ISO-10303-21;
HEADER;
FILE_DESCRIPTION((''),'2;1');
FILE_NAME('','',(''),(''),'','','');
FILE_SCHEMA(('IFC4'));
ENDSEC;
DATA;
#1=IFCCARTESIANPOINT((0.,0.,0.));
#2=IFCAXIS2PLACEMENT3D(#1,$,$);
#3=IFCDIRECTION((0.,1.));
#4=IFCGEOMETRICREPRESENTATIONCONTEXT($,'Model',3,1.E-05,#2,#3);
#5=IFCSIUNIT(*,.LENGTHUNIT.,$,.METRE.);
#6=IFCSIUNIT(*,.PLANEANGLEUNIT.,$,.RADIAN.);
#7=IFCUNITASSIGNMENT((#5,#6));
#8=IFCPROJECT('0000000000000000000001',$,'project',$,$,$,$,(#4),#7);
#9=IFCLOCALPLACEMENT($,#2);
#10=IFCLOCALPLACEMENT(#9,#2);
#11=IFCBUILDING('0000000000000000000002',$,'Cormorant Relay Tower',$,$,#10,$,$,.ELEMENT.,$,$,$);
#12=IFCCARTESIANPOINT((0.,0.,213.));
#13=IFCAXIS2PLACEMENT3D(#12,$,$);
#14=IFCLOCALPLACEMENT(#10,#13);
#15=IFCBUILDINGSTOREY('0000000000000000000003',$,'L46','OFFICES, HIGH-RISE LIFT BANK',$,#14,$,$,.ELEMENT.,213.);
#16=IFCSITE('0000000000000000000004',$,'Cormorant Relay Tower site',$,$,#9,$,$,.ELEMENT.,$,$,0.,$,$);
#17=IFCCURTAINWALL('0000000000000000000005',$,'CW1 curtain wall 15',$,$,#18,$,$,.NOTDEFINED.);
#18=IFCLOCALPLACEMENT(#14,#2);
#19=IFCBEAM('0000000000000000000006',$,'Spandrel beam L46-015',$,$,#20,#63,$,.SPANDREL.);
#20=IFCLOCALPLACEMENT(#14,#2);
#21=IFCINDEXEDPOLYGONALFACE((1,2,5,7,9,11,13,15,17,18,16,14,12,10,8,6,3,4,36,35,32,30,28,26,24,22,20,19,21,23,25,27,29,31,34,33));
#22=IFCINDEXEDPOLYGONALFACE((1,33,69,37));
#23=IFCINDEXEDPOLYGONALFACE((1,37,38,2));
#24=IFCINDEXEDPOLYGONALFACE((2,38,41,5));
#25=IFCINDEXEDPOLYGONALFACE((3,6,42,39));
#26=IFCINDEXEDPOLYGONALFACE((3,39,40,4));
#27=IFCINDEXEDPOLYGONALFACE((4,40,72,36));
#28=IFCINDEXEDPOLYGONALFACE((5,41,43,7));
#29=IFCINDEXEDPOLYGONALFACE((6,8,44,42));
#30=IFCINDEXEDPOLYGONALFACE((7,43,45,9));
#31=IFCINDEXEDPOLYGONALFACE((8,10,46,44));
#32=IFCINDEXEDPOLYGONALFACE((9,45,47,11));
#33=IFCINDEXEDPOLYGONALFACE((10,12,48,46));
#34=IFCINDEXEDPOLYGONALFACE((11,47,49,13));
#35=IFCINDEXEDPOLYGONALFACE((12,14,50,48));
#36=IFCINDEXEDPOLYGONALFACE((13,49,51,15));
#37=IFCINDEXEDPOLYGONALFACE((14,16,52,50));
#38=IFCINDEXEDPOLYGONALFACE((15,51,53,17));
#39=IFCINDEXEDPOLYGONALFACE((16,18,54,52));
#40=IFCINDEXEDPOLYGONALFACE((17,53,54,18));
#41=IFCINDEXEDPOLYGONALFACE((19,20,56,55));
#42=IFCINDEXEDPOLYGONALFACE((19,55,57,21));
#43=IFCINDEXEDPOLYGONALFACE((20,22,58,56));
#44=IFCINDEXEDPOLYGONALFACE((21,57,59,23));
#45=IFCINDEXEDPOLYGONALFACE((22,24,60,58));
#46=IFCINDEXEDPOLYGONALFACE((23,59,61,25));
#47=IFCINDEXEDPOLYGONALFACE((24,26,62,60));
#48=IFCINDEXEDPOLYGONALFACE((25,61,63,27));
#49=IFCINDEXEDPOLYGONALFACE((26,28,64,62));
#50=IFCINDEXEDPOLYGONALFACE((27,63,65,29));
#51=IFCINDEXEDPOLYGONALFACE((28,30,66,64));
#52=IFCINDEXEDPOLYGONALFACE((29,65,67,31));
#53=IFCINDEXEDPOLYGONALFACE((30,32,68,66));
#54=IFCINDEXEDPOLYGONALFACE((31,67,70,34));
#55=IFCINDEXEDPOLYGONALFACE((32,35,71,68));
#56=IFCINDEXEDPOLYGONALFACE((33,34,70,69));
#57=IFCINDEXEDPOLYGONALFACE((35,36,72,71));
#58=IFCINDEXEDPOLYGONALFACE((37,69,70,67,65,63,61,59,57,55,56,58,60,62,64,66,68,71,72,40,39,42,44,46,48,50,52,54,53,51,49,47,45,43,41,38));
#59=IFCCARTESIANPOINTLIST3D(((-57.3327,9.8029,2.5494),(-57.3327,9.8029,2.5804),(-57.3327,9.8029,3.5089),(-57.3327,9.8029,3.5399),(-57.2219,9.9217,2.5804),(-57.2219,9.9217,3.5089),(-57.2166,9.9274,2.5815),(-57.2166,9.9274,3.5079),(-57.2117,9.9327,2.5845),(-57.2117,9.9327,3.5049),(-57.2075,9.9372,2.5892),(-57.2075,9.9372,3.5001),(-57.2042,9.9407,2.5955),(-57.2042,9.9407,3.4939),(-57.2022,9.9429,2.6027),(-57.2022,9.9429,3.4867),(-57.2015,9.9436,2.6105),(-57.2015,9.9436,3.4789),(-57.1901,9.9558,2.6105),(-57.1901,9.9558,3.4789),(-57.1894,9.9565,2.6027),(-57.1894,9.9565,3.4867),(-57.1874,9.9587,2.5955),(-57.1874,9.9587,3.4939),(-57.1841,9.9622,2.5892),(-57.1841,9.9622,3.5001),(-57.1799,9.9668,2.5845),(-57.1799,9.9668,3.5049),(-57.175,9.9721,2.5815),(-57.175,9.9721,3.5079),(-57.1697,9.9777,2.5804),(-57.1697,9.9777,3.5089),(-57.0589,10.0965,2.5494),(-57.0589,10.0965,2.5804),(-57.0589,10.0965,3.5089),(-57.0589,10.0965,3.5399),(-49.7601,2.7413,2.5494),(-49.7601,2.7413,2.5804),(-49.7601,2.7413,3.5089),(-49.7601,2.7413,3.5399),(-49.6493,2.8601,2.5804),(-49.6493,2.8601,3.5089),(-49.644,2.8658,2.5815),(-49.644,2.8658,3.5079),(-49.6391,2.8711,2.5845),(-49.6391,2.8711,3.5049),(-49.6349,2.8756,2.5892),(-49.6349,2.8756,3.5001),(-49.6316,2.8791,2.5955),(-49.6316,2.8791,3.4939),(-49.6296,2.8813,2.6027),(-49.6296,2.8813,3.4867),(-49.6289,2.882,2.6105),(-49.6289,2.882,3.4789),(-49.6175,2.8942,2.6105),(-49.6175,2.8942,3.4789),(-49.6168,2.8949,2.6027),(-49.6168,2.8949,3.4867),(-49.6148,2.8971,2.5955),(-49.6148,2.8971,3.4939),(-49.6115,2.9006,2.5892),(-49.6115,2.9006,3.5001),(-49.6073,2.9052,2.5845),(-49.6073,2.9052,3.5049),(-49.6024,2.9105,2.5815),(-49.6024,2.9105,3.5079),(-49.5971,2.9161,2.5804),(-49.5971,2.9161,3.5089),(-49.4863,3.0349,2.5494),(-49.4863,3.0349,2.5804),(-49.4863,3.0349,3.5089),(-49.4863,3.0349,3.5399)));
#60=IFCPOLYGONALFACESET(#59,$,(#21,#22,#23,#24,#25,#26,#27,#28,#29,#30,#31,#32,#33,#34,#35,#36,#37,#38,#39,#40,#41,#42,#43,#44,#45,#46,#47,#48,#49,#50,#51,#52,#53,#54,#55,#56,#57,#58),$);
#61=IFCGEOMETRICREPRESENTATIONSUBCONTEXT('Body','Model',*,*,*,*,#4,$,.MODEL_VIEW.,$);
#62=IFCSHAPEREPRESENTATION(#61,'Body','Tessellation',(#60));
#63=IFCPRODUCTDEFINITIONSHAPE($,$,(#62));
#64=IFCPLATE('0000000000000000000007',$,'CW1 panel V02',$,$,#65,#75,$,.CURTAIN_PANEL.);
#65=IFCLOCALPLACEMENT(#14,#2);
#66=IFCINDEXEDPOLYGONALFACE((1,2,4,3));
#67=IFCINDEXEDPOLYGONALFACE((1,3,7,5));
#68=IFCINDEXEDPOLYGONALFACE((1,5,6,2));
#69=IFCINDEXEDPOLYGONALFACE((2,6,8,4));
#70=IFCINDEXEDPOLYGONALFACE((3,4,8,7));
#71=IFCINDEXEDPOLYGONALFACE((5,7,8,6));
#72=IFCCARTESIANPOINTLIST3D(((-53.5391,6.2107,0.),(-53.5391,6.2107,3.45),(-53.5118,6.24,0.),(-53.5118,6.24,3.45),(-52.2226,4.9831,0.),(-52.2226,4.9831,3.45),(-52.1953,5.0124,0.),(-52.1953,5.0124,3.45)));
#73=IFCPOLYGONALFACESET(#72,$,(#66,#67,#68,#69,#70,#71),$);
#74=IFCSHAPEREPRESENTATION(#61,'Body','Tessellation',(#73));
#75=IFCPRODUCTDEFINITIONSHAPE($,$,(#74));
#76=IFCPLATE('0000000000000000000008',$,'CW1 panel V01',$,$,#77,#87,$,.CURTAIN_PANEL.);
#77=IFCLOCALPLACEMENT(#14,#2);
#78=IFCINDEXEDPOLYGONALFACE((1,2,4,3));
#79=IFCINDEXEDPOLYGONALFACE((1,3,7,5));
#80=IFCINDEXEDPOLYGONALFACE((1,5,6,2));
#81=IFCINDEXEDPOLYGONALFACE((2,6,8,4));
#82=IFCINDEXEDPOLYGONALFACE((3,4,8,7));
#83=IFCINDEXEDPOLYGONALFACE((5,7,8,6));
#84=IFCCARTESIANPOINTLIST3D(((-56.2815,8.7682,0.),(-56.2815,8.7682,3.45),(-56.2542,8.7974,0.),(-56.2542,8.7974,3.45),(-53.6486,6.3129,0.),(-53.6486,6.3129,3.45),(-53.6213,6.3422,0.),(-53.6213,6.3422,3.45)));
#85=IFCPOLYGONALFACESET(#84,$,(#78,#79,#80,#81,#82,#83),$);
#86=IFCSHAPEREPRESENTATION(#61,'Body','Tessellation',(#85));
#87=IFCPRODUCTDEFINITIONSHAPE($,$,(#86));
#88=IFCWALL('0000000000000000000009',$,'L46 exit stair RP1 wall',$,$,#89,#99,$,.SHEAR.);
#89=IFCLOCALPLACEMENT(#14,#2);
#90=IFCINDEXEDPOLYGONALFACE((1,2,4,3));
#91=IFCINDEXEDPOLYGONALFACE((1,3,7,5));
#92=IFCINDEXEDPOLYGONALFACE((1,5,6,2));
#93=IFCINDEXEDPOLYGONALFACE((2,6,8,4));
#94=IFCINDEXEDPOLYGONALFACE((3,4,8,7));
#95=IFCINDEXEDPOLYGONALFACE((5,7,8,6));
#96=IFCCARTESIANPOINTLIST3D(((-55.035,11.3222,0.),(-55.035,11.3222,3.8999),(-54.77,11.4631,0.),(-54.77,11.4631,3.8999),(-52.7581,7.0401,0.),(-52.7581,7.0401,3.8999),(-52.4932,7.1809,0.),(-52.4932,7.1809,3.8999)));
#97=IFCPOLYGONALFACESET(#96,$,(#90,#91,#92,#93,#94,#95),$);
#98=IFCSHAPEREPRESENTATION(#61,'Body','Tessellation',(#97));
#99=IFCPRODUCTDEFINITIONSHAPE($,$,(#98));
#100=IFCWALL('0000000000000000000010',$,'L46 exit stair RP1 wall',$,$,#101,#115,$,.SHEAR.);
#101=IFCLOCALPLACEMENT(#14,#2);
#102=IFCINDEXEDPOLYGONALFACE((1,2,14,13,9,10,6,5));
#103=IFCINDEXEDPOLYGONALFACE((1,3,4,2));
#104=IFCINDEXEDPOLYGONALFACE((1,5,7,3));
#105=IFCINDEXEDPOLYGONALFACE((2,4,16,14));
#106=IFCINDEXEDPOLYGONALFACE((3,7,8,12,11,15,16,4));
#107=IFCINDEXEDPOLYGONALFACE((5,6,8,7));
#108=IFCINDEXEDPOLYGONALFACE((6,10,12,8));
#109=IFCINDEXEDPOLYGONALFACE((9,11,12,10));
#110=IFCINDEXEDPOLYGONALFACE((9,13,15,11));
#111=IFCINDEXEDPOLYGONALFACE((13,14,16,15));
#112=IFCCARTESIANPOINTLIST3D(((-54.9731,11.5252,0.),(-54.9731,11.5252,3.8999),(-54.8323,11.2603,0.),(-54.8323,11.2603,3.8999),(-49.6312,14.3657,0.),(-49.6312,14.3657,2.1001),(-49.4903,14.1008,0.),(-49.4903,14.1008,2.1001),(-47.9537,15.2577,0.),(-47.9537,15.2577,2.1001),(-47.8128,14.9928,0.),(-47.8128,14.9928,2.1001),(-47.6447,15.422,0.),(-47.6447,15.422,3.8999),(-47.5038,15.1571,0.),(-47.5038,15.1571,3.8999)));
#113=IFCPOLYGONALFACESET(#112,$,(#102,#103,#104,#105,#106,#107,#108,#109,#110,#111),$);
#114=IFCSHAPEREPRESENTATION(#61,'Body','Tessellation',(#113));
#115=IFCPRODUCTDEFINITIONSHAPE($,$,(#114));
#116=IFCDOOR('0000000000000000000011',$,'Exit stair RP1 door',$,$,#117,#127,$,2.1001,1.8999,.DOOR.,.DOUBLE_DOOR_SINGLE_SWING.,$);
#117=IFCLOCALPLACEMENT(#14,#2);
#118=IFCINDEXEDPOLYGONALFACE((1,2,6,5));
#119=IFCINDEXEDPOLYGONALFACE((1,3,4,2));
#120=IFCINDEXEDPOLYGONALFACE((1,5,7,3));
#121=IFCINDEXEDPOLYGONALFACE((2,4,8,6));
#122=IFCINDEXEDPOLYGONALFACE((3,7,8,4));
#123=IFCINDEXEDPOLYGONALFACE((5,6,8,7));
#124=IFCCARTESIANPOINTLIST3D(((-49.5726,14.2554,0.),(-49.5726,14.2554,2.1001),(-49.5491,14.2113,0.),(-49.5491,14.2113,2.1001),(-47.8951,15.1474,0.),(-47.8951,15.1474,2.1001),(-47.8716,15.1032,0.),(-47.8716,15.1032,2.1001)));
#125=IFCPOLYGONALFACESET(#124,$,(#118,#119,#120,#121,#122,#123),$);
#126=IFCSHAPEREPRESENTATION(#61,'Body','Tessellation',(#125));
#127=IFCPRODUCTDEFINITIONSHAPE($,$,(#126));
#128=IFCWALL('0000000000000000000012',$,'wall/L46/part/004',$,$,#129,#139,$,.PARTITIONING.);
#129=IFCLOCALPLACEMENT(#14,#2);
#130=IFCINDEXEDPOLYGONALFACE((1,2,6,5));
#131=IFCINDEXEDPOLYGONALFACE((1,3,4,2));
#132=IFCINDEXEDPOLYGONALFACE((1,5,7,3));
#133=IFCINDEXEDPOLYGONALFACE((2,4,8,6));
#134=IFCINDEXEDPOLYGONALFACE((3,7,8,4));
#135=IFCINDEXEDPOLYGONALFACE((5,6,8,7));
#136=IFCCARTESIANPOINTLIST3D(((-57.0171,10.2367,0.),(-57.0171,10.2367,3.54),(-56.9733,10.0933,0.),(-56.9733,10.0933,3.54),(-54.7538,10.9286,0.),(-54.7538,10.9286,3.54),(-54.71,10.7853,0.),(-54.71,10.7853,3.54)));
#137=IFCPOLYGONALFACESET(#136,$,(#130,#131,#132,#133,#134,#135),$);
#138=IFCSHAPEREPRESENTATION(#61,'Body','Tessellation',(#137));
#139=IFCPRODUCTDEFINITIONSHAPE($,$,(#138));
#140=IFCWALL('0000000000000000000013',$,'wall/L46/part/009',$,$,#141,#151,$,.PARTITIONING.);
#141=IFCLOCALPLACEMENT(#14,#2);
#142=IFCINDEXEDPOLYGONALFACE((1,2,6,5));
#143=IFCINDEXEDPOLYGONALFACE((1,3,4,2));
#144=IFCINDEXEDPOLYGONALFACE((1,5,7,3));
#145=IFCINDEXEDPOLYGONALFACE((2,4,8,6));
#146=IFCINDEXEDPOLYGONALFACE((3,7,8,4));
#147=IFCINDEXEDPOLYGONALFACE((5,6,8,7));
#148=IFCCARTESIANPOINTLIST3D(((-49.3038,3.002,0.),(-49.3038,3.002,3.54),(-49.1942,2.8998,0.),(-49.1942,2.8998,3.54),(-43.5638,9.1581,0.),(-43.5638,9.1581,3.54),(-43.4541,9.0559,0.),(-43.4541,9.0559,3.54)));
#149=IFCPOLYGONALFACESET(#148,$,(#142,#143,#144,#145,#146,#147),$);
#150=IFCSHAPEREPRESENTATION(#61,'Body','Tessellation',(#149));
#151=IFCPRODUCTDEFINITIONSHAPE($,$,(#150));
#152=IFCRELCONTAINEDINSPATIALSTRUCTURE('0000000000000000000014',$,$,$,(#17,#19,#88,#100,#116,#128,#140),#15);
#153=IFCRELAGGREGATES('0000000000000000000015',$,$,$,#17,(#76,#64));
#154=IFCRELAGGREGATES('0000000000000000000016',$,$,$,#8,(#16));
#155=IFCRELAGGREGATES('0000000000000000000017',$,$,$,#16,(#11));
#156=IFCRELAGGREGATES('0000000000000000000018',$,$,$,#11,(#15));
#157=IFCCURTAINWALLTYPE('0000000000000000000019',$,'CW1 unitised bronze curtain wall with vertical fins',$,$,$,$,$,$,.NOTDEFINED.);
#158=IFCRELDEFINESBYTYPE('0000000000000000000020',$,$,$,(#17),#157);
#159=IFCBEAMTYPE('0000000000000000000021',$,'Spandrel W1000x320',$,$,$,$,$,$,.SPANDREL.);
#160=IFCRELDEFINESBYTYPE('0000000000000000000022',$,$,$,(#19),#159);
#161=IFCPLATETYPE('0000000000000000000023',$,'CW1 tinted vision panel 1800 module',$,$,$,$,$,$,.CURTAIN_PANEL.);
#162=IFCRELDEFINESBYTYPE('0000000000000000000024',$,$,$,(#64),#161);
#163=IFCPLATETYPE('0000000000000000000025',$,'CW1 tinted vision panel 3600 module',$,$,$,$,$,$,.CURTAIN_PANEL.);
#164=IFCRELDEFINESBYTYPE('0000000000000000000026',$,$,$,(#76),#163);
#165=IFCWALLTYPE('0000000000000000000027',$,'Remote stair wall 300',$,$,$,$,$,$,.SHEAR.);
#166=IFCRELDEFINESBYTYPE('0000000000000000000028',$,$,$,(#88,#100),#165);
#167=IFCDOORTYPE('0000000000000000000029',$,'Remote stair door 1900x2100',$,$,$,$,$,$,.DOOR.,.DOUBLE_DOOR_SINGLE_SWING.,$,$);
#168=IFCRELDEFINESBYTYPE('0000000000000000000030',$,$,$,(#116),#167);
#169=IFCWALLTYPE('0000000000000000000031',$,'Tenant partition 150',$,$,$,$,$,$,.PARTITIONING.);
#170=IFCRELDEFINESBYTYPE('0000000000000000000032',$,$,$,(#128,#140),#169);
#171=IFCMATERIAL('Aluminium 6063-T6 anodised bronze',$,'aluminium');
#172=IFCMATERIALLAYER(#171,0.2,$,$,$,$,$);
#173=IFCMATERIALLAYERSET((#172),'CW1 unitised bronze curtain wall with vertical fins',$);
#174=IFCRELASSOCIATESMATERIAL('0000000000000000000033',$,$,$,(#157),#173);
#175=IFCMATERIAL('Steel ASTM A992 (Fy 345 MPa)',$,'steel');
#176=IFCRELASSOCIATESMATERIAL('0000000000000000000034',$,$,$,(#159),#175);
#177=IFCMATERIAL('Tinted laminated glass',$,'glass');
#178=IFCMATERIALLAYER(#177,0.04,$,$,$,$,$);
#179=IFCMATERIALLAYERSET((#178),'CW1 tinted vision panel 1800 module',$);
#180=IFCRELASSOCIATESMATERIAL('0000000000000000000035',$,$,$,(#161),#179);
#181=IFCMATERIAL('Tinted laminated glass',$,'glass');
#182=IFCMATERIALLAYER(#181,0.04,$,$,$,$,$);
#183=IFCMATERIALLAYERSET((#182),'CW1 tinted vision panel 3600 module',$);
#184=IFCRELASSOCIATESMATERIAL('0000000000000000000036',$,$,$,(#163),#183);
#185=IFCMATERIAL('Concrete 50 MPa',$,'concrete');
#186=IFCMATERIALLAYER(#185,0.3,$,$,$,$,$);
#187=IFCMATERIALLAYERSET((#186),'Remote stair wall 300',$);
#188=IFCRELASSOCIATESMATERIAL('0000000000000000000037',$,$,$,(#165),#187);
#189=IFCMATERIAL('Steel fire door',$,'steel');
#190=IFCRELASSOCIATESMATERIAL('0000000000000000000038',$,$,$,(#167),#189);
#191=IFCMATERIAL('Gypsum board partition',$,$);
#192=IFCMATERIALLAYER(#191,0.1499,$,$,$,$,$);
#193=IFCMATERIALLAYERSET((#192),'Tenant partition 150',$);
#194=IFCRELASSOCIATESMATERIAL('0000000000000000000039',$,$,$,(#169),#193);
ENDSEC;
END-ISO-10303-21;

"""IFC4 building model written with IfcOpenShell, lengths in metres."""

from ifc_helpers import new_model, si_unit, direction, frame, frame_2d, origin, origin_2d, place, context, subcontext, project, spatial, rectangle, i_section, extrude, material, layer, layer_set, material_profile, profile_set, type_object, element, fill, aggregate, save


model = new_model("IFC4")

# Units and contexts
model_context = context("Model", 3, precision=1e-05, world=origin(), true_north=direction((0.0, 1.0)))
body_context = subcontext(model_context, "Body", "Model", "MODEL_VIEW")
ifc_project = project(units=[si_unit("LENGTHUNIT", "METRE"), si_unit("PLANEANGLEUNIT", "RADIAN")], contexts=[model_context])

# Site, building, storey
site_placement = place(None, origin())
site = spatial("IfcSite", under=ifc_project, at=site_placement, Name="Cormorant Relay Tower site", CompositionType="ELEMENT", RefElevation=0.0)
building_placement = place(site_placement, origin())
building = spatial("IfcBuilding", under=site, at=building_placement, Name="Cormorant Relay Tower", CompositionType="ELEMENT")
storey_placement = place(building_placement, frame((0.0, 0.0, 213.0)))
storey = spatial("IfcBuildingStorey", under=building, at=storey_placement, Name="L46", Description="OFFICES, HIGH-RISE LIFT BANK", CompositionType="ELEMENT", Elevation=213.0)

# Curtain wall
ifc_material_1 = material(Name="Aluminium 6063-T6 anodised bronze", Category="aluminium")
ifc_layer_1 = layer(ifc_material_1, 0.2)
ifc_layer_set_1 = layer_set([ifc_layer_1], Name="CW1 unitised bronze curtain wall with vertical fins")
curtain_wall_type = type_object("IfcCurtainWallType", Name="CW1 unitised bronze curtain wall with vertical fins", PredefinedType="NOTDEFINED", material=ifc_layer_set_1)
curtain_wall_1_placement = place(storey_placement, origin())
curtain_wall_1 = element("IfcCurtainWall", 1, at=curtain_wall_1_placement, inside=storey, type_object=curtain_wall_type, Name="CW1 curtain wall 15", PredefinedType="NOTDEFINED")

# Beam
ifc_material_2 = material(Name="Steel ASTM A992 (Fy 345 MPa)", Category="steel")
ifc_material_profile_1 = material_profile(ifc_material_2, i_section(OverallWidth=0.4014, OverallDepth=0.9905, WebThickness=0.0166, FlangeThickness=0.031, FilletRadius=0.03, at=origin_2d()), Name="W1000x320")
ifc_profile_set_1 = profile_set([ifc_material_profile_1], Name="Steel ASTM A992 (Fy 345 MPa)")
beam_type = type_object("IfcBeamType", Name="Spandrel W1000x320", PredefinedType="SPANDREL", material=ifc_profile_set_1)
beam_placement = place(storey_placement, frame((-57.1958, 9.9497, 3.0447), z_axis=(0.731352, -0.682001, 0.0), x_axis=(0.682001, 0.731352, 0.0)))
element("IfcBeam", 2, at=beam_placement, inside=storey, type_object=beam_type, Name="Spandrel beam L46-015", PredefinedType="SPANDREL", context=body_context, shape_type="SweptSolid", body=[
    extrude(i_section(OverallWidth=0.4014, OverallDepth=0.9905, WebThickness=0.0166, FlangeThickness=0.031, FilletRadius=0.03, at=origin_2d()), origin(), (0.0, 0.0, 1.0), 10.3542),
])

# Plates
ifc_material_3 = material(Name="Tinted laminated glass", Category="glass")
ifc_layer_2 = layer(ifc_material_3, 0.04)
ifc_layer_set_2 = layer_set([ifc_layer_2], Name="CW1 tinted vision panel 1800 module")
plate_type_1 = type_object("IfcPlateType", Name="CW1 tinted vision panel 1800 module", PredefinedType="CURTAIN_PANEL", material=ifc_layer_set_2)
plate_1_placement = place(storey_placement, frame((-52.8672, 5.6116, 0.0), z_axis=(0.0, 0.0, 1.0), x_axis=(0.731354, -0.681998, 0.0)))
plate_1 = element("IfcPlate", 3, at=plate_1_placement, type_object=plate_type_1, Name="CW1 panel V02", PredefinedType="CURTAIN_PANEL", context=body_context, shape_type="SweptSolid", body=[
    extrude(rectangle(XDim=1.8, YDim=0.04, at=origin_2d()), origin(), (0.0, 0.0, 1.0), 3.45),
])
ifc_material_4 = material(Name="Tinted laminated glass", Category="glass")
ifc_layer_3 = layer(ifc_material_4, 0.04)
ifc_layer_set_3 = layer_set([ifc_layer_3], Name="CW1 tinted vision panel 3600 module")
plate_type_2 = type_object("IfcPlateType", Name="CW1 tinted vision panel 3600 module", PredefinedType="CURTAIN_PANEL", material=ifc_layer_set_3)
plate_2_placement = place(storey_placement, frame((-54.9514, 7.5552, 0.0), z_axis=(0.0, 0.0, 1.0), x_axis=(0.731354, -0.681998, 0.0)))
plate_2 = element("IfcPlate", 4, at=plate_2_placement, type_object=plate_type_2, Name="CW1 panel V01", PredefinedType="CURTAIN_PANEL", context=body_context, shape_type="SweptSolid", body=[
    extrude(rectangle(XDim=3.6001, YDim=0.04, at=origin_2d()), origin(), (0.0, 0.0, 1.0), 3.45),
])

# Wall
ifc_material_5 = material(Name="Concrete 50 MPa", Category="concrete")
ifc_layer_4 = layer(ifc_material_5, 0.3)
ifc_layer_set_4 = layer_set([ifc_layer_4], Name="Remote stair wall 300")
wall_type_1 = type_object("IfcWallType", Name="Remote stair wall 300", PredefinedType="SHEAR", material=ifc_layer_set_4)
wall_1_placement = place(storey_placement, frame((-52.6257, 7.1106, 0.0), z_axis=(0.0, 0.0, 1.0), x_axis=(-0.469464, 0.882951, 0.0)))
element("IfcWall", 5, at=wall_1_placement, inside=storey, type_object=wall_type_1, Name="L46 exit stair RP1 wall", PredefinedType="SHEAR", context=body_context, shape_type="SweptSolid", body=[
    extrude(rectangle(XDim=4.8499, YDim=0.3, at=frame_2d((2.4248, 0.0))), origin(), (0.0, 0.0, 1.0), 3.8999),
])

# Wall, opening, door
wall_2_placement = place(storey_placement, frame((-54.9026, 11.3928, 0.0), z_axis=(0.0, 0.0, 1.0), x_axis=(0.882939, 0.469487, 0.0)))
wall_2 = element("IfcWall", 6, at=wall_2_placement, inside=storey, type_object=wall_type_1, Name="L46 exit stair RP1 wall", PredefinedType="SHEAR", context=body_context, shape_type="SweptSolid", body=[
    extrude(rectangle(XDim=8.3, YDim=0.3, at=frame_2d((4.1499, 0.0))), origin(), (0.0, 0.0, 1.0), 3.8999),
])
opening_placement = place(wall_2_placement, frame((6.05, 0.0, 0.0)))
opening = element("IfcOpeningElement", 7, at=opening_placement, cuts=wall_2, PredefinedType="OPENING", context=body_context, shape_type="SweptSolid", body=[
    extrude(rectangle(XDim=1.8999, YDim=2.1001, at=frame_2d((0.95, 1.05))), frame((0.0, 0.1599, 0.0), z_axis=(0.0, -1.0, 0.0), x_axis=(1.0, 0.0, 0.0)), (0.0, 0.0, 1.0), 0.3201),
])
ifc_material_6 = material(Name="Steel fire door", Category="steel")
door_type = type_object("IfcDoorType", Name="Remote stair door 1900x2100", OperationType="DOUBLE_DOOR_SINGLE_SWING", PredefinedType="DOOR", material=ifc_material_6)
door_placement = place(opening_placement, frame((1.8999, 0.0, 0.0), z_axis=(0.0, 0.0, 1.0), x_axis=(-1.0, 0.0, 0.0)))
door = element("IfcDoor", 8, at=door_placement, inside=storey, type_object=door_type, Name="Exit stair RP1 door", OperationType="DOUBLE_DOOR_SINGLE_SWING", OverallHeight=2.1001, OverallWidth=1.8999, PredefinedType="DOOR", context=body_context, shape_type="SweptSolid", body=[
    extrude(rectangle(XDim=1.8999, YDim=2.1001, at=frame_2d((0.95, 1.05))), frame((0.0, 0.0249, 0.0), z_axis=(0.0, -1.0, 0.0), x_axis=(1.0, 0.0, 0.0)), (0.0, 0.0, 1.0), 0.05),
])
fill(opening, door)

# Walls
ifc_material_7 = material(Name="Gypsum board partition")
ifc_layer_5 = layer(ifc_material_7, 0.1499)
ifc_layer_set_5 = layer_set([ifc_layer_5], Name="Tenant partition 150")
wall_type_2 = type_object("IfcWallType", Name="Tenant partition 150", PredefinedType="PARTITIONING", material=ifc_layer_set_5)
wall_3_placement = place(storey_placement, frame((-54.7319, 10.8569, 0.0), z_axis=(0.0, 0.0, 1.0), x_axis=(-0.956308, -0.29236, 0.0)))
element("IfcWall", 9, at=wall_3_placement, inside=storey, type_object=wall_type_2, Name="wall/L46/part/004", PredefinedType="PARTITIONING", context=body_context, shape_type="SweptSolid", body=[
    extrude(rectangle(XDim=2.3667, YDim=0.1499, at=frame_2d((1.1833, 0.0))), origin(), (0.0, 0.0, 1.0), 3.54),
])
wall_4_placement = place(storey_placement, frame((-49.249, 2.9509, 0.0), z_axis=(0.0, 0.0, 1.0), x_axis=(0.681962, 0.731388, 0.0)))
element("IfcWall", 10, at=wall_4_placement, inside=storey, type_object=wall_type_2, Name="wall/L46/part/009", PredefinedType="PARTITIONING", context=body_context, shape_type="SweptSolid", body=[
    extrude(rectangle(XDim=8.417, YDim=0.1499, at=frame_2d((4.2085, 0.0))), origin(), (0.0, 0.0, 1.0), 3.54),
])

aggregate(curtain_wall_1, [plate_2, plate_1])

save(model, "model.ifc")
